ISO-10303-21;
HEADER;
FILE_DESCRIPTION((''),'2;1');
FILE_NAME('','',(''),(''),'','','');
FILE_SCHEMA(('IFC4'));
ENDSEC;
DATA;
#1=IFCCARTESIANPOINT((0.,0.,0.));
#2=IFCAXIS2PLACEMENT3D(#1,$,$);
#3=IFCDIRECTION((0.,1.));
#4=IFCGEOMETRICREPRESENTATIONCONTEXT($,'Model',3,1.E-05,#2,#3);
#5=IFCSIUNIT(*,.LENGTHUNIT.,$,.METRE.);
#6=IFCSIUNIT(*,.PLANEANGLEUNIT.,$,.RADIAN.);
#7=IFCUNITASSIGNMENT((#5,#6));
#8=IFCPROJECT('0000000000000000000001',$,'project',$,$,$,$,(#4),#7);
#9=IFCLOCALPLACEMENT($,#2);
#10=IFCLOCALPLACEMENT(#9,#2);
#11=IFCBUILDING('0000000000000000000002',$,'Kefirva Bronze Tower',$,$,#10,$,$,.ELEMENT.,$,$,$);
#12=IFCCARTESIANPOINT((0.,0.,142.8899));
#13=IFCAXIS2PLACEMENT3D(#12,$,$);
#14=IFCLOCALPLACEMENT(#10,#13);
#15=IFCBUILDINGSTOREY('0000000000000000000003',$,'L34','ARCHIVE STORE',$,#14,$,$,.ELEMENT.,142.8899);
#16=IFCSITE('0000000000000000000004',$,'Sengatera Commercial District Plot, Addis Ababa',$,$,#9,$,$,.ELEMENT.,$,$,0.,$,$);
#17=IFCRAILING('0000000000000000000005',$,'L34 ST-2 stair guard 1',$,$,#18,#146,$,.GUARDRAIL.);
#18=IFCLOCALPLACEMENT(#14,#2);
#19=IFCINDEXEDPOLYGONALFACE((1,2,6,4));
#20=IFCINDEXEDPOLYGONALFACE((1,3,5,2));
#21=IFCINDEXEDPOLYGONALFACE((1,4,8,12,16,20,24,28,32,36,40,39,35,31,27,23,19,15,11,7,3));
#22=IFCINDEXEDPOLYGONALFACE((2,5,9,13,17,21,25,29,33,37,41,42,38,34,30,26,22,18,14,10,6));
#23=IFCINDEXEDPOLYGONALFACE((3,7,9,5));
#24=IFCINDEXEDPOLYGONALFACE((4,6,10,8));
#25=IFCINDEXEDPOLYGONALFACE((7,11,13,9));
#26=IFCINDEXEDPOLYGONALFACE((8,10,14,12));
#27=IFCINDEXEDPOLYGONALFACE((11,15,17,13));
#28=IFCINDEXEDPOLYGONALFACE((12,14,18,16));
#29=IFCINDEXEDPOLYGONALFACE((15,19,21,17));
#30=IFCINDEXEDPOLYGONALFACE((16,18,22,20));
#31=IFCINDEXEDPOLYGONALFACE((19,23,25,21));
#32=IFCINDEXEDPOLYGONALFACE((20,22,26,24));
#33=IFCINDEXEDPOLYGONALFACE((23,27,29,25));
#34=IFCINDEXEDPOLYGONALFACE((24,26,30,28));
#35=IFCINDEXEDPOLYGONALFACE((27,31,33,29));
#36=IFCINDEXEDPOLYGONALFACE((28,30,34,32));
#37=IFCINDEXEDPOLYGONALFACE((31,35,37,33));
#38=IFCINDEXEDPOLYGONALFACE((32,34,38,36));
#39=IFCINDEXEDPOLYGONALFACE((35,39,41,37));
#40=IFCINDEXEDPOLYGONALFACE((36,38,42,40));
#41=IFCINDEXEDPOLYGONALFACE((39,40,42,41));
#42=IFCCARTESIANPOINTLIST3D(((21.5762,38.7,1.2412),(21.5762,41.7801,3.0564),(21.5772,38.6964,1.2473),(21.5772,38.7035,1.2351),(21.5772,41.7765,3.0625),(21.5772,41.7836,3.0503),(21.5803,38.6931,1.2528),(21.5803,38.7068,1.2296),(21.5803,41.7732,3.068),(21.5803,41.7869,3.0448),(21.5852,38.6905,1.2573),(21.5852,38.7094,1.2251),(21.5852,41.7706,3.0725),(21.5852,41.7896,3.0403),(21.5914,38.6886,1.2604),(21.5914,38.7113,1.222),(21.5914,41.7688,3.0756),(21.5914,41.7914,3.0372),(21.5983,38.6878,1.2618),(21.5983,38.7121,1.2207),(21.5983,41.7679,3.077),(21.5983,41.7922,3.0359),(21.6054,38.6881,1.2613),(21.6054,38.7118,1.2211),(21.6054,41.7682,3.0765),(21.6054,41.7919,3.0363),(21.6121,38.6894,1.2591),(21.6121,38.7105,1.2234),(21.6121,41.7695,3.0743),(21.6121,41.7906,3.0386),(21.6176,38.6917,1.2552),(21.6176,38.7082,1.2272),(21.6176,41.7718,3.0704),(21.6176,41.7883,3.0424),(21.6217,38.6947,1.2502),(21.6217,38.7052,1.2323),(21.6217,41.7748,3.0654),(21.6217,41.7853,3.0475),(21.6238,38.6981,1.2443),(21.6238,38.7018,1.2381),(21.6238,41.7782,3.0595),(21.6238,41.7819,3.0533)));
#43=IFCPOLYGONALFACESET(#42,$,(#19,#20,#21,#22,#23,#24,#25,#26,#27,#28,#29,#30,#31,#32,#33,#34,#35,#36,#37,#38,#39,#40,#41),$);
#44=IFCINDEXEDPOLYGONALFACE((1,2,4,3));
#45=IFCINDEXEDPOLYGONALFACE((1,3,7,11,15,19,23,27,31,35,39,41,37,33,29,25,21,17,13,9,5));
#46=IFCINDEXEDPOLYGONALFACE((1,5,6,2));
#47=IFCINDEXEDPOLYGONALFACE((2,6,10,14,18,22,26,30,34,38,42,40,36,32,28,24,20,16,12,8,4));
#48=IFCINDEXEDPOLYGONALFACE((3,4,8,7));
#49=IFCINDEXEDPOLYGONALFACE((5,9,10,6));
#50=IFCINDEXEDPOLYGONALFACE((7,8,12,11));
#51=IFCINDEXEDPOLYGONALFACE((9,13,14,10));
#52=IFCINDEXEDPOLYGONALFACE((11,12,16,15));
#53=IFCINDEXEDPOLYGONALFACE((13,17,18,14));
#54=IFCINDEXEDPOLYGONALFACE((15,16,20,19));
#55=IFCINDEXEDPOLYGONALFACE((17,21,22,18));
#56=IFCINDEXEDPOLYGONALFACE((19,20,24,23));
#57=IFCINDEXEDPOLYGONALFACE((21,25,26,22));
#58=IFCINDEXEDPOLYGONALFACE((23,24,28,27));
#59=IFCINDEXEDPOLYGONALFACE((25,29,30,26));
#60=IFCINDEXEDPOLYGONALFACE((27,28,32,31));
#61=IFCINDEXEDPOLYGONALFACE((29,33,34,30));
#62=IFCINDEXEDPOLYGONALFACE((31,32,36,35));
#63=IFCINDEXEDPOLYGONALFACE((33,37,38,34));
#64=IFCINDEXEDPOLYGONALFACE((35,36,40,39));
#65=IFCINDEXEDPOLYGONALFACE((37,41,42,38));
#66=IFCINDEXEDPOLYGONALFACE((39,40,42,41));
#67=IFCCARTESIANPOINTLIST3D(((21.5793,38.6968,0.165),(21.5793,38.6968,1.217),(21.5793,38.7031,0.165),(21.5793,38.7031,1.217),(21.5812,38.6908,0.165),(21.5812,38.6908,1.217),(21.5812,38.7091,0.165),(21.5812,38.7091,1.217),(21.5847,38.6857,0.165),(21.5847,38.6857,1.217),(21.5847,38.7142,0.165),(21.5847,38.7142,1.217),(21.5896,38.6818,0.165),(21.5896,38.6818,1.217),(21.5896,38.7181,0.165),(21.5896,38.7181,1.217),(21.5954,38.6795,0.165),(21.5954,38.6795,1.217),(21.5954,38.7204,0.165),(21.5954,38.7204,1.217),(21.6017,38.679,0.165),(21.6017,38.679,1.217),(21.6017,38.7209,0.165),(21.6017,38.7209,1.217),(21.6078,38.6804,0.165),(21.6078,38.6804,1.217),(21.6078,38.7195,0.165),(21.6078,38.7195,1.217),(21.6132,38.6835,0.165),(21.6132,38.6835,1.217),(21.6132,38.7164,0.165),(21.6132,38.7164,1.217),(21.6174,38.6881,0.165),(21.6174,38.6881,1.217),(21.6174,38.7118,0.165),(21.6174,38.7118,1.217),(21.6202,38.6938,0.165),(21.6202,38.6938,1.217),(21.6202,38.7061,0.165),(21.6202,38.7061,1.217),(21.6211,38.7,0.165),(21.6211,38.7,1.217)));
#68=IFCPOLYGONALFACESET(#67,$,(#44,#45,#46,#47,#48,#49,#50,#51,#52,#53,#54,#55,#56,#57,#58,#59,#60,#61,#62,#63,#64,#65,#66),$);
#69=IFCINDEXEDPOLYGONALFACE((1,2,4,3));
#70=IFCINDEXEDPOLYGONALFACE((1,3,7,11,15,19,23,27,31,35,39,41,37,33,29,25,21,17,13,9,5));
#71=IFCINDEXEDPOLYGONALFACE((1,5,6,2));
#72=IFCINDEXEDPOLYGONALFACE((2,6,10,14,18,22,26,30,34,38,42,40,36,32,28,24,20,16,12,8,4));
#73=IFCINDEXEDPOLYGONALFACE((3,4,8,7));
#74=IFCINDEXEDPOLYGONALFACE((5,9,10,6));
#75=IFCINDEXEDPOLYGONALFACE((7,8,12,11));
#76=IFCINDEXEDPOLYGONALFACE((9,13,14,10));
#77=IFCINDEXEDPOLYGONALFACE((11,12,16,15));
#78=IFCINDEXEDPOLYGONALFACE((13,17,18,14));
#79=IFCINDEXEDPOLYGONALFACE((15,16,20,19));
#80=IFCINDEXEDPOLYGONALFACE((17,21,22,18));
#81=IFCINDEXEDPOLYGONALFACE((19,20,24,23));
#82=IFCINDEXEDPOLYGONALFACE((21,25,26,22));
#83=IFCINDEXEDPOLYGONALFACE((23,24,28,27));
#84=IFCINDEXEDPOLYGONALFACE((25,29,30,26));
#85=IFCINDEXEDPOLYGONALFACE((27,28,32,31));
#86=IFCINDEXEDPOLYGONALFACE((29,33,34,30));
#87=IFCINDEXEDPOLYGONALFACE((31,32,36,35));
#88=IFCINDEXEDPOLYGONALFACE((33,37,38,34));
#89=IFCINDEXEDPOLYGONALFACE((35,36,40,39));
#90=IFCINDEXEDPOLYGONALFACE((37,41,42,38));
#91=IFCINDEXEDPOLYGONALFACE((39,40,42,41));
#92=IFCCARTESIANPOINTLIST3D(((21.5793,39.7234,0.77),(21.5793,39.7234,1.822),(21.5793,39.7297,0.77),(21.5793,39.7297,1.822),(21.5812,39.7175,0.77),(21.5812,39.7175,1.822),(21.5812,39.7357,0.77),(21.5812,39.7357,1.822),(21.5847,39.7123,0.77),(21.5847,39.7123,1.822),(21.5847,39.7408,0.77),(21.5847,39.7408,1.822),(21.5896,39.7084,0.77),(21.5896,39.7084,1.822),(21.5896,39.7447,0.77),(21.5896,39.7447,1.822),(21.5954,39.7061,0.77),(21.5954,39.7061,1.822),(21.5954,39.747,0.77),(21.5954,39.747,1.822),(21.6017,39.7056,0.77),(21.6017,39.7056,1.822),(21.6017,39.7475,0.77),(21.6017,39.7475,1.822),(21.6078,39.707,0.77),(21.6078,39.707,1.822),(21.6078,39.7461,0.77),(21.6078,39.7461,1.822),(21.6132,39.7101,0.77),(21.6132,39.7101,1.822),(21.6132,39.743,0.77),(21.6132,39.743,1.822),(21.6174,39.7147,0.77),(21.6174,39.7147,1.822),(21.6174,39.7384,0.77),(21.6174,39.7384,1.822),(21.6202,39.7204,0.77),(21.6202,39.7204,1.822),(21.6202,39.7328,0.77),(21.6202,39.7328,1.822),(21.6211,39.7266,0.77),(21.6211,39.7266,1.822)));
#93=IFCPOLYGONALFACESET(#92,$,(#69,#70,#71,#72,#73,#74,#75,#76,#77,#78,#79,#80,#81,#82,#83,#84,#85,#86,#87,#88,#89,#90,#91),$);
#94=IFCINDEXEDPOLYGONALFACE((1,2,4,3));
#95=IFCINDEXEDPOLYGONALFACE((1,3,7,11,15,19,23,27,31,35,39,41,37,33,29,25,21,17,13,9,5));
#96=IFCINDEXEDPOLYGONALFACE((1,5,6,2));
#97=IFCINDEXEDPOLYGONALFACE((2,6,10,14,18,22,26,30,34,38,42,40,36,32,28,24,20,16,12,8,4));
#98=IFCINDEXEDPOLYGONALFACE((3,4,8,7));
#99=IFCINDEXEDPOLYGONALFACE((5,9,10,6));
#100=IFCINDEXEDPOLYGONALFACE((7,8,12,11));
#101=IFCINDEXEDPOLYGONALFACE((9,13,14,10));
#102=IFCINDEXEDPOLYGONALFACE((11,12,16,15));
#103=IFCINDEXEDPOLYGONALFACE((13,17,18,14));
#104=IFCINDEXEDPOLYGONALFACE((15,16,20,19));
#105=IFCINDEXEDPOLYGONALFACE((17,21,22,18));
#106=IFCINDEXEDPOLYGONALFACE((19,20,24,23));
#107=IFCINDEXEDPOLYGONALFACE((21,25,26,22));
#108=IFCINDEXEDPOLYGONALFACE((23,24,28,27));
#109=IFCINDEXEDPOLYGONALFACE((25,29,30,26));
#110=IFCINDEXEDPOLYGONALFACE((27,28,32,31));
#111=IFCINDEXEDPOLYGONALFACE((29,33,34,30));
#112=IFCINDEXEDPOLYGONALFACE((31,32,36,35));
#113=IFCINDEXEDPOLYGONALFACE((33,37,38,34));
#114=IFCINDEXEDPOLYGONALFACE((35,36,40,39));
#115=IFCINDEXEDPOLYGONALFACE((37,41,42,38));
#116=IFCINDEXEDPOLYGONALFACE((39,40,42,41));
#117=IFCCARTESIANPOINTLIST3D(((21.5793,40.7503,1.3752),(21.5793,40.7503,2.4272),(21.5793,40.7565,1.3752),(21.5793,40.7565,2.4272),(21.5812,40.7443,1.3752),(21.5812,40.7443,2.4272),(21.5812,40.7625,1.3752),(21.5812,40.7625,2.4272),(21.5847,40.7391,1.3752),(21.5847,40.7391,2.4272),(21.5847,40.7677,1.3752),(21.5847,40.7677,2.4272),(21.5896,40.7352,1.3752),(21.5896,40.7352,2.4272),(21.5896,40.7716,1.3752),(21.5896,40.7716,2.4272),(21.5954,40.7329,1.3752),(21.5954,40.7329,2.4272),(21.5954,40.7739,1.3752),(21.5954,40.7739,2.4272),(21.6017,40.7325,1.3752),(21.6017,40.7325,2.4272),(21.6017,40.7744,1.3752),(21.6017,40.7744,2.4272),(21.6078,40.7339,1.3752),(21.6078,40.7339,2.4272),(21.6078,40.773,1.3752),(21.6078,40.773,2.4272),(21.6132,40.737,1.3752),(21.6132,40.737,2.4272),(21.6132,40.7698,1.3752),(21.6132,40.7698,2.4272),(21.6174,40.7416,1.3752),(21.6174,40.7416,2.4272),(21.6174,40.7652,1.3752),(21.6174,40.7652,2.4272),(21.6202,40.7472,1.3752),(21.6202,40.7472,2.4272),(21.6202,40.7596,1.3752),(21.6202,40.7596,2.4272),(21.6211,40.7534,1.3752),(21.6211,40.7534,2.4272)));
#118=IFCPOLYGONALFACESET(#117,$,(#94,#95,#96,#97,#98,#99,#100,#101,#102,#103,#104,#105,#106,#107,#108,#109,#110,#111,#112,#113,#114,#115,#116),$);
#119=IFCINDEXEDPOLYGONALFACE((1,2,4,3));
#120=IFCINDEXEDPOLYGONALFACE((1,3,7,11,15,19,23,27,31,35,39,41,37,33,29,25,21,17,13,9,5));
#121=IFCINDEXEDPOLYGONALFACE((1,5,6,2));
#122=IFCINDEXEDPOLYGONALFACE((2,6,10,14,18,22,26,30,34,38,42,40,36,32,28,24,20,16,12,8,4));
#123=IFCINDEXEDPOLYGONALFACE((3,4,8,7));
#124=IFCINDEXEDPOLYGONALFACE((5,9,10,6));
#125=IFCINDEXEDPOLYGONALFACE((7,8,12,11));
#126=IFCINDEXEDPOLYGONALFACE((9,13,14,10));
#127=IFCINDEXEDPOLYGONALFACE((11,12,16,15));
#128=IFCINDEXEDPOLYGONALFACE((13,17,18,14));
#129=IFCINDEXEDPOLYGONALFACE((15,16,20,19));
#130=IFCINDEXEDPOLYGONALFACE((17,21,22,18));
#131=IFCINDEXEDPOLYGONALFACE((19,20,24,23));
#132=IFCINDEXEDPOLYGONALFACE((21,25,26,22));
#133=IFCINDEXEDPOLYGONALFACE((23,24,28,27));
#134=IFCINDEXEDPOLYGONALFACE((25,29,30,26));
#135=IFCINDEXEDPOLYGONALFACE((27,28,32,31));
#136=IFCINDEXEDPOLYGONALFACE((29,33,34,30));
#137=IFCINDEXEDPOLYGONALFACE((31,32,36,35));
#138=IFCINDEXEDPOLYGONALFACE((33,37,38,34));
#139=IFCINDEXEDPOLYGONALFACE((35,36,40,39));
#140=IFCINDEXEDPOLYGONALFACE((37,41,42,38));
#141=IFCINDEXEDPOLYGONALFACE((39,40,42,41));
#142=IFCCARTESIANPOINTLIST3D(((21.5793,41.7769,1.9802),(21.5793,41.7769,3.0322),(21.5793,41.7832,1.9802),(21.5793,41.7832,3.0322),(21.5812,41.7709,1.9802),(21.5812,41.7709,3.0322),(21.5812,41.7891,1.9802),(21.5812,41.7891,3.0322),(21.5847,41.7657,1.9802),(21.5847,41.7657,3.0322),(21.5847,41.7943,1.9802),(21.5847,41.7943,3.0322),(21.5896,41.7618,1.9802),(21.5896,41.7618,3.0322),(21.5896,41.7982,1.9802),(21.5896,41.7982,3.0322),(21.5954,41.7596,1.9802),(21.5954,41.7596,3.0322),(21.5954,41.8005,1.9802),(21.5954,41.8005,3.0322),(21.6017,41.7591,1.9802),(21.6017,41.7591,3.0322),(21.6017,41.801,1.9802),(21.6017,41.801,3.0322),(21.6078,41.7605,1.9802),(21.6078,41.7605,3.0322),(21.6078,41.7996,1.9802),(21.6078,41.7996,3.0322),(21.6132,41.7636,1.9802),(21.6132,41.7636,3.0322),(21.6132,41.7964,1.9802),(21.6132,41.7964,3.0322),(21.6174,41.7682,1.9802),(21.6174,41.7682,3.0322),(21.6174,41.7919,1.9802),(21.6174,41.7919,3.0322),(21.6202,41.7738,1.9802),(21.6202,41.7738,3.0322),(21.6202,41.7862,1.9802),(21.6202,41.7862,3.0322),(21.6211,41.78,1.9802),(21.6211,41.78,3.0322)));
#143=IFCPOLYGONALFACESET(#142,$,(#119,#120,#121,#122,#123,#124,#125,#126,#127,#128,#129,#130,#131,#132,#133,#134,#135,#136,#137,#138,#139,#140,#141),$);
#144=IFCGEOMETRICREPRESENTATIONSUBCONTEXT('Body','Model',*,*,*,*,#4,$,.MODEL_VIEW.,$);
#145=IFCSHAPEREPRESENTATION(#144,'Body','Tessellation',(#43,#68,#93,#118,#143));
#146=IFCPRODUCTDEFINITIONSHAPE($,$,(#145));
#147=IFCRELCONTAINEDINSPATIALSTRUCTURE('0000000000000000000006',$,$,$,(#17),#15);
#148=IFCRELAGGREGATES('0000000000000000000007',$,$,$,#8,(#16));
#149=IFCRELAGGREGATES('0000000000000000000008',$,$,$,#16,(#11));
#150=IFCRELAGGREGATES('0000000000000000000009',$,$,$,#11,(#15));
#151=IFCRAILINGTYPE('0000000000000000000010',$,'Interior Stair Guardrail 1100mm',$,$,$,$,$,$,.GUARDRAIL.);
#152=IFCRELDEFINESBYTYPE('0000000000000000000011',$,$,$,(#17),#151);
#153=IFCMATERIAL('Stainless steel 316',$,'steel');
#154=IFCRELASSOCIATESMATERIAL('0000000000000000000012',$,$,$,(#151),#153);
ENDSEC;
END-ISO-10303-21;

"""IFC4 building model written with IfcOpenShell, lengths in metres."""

from ifc_helpers import new_model, si_unit, direction, frame, origin, origin_2d, place, context, subcontext, project, spatial, circle, extrude, material, type_object, element, save


model = new_model("IFC4")

# Units and contexts
model_context = context("Model", 3, precision=1e-05, world=origin(), true_north=direction((0.0, 1.0)))
body_context = subcontext(model_context, "Body", "Model", "MODEL_VIEW")
ifc_project = project(units=[si_unit("LENGTHUNIT", "METRE"), si_unit("PLANEANGLEUNIT", "RADIAN")], contexts=[model_context])

# Site, building, storey
site_placement = place(None, origin())
site = spatial("IfcSite", under=ifc_project, at=site_placement, Name="Sengatera Commercial District Plot, Addis Ababa", CompositionType="ELEMENT", RefElevation=0.0)
building_placement = place(site_placement, origin())
building = spatial("IfcBuilding", under=site, at=building_placement, Name="Kefirva Bronze Tower", CompositionType="ELEMENT")
storey_placement = place(building_placement, frame((0.0, 0.0, 142.8899)))
storey = spatial("IfcBuildingStorey", under=building, at=storey_placement, Name="L34", Description="ARCHIVE STORE", CompositionType="ELEMENT", Elevation=142.8899)

# Railing
ifc_material_1 = material(Name="Stainless steel 316", Category="steel")
railing_type_1 = type_object("IfcRailingType", Name="Interior Stair Guardrail 1100mm", PredefinedType="GUARDRAIL", material=ifc_material_1)
railing_1_placement = place(storey_placement, frame((21.6001, 38.7, 0.165)))
element("IfcRailing", 1, at=railing_1_placement, inside=storey, type_object=railing_type_1, Name="L34 ST-2 stair guard 1", PredefinedType="GUARDRAIL", context=body_context, shape_type="SweptSolid", body=[
    extrude(circle(Radius=0.0239, at=origin_2d()), frame((0.0, 0.0, 1.0762), z_axis=(0.0, 0.861521, 0.507721), x_axis=(-1.0, 0.0, 0.0)), (0.0, 0.0, 1.0), 3.5752),
    extrude(circle(Radius=0.021, at=origin_2d()), origin(), (0.0, 0.0, 1.0), 1.052),
    extrude(circle(Radius=0.021, at=origin_2d()), frame((0.0, 1.0266, 0.605)), (0.0, 0.0, 1.0), 1.052),
    extrude(circle(Radius=0.021, at=origin_2d()), frame((0.0, 2.0535, 1.2102)), (0.0, 0.0, 1.0), 1.052),
    extrude(circle(Radius=0.021, at=origin_2d()), frame((0.0, 3.0801, 1.8152)), (0.0, 0.0, 1.0), 1.052),
])

save(model, "model.ifc")
